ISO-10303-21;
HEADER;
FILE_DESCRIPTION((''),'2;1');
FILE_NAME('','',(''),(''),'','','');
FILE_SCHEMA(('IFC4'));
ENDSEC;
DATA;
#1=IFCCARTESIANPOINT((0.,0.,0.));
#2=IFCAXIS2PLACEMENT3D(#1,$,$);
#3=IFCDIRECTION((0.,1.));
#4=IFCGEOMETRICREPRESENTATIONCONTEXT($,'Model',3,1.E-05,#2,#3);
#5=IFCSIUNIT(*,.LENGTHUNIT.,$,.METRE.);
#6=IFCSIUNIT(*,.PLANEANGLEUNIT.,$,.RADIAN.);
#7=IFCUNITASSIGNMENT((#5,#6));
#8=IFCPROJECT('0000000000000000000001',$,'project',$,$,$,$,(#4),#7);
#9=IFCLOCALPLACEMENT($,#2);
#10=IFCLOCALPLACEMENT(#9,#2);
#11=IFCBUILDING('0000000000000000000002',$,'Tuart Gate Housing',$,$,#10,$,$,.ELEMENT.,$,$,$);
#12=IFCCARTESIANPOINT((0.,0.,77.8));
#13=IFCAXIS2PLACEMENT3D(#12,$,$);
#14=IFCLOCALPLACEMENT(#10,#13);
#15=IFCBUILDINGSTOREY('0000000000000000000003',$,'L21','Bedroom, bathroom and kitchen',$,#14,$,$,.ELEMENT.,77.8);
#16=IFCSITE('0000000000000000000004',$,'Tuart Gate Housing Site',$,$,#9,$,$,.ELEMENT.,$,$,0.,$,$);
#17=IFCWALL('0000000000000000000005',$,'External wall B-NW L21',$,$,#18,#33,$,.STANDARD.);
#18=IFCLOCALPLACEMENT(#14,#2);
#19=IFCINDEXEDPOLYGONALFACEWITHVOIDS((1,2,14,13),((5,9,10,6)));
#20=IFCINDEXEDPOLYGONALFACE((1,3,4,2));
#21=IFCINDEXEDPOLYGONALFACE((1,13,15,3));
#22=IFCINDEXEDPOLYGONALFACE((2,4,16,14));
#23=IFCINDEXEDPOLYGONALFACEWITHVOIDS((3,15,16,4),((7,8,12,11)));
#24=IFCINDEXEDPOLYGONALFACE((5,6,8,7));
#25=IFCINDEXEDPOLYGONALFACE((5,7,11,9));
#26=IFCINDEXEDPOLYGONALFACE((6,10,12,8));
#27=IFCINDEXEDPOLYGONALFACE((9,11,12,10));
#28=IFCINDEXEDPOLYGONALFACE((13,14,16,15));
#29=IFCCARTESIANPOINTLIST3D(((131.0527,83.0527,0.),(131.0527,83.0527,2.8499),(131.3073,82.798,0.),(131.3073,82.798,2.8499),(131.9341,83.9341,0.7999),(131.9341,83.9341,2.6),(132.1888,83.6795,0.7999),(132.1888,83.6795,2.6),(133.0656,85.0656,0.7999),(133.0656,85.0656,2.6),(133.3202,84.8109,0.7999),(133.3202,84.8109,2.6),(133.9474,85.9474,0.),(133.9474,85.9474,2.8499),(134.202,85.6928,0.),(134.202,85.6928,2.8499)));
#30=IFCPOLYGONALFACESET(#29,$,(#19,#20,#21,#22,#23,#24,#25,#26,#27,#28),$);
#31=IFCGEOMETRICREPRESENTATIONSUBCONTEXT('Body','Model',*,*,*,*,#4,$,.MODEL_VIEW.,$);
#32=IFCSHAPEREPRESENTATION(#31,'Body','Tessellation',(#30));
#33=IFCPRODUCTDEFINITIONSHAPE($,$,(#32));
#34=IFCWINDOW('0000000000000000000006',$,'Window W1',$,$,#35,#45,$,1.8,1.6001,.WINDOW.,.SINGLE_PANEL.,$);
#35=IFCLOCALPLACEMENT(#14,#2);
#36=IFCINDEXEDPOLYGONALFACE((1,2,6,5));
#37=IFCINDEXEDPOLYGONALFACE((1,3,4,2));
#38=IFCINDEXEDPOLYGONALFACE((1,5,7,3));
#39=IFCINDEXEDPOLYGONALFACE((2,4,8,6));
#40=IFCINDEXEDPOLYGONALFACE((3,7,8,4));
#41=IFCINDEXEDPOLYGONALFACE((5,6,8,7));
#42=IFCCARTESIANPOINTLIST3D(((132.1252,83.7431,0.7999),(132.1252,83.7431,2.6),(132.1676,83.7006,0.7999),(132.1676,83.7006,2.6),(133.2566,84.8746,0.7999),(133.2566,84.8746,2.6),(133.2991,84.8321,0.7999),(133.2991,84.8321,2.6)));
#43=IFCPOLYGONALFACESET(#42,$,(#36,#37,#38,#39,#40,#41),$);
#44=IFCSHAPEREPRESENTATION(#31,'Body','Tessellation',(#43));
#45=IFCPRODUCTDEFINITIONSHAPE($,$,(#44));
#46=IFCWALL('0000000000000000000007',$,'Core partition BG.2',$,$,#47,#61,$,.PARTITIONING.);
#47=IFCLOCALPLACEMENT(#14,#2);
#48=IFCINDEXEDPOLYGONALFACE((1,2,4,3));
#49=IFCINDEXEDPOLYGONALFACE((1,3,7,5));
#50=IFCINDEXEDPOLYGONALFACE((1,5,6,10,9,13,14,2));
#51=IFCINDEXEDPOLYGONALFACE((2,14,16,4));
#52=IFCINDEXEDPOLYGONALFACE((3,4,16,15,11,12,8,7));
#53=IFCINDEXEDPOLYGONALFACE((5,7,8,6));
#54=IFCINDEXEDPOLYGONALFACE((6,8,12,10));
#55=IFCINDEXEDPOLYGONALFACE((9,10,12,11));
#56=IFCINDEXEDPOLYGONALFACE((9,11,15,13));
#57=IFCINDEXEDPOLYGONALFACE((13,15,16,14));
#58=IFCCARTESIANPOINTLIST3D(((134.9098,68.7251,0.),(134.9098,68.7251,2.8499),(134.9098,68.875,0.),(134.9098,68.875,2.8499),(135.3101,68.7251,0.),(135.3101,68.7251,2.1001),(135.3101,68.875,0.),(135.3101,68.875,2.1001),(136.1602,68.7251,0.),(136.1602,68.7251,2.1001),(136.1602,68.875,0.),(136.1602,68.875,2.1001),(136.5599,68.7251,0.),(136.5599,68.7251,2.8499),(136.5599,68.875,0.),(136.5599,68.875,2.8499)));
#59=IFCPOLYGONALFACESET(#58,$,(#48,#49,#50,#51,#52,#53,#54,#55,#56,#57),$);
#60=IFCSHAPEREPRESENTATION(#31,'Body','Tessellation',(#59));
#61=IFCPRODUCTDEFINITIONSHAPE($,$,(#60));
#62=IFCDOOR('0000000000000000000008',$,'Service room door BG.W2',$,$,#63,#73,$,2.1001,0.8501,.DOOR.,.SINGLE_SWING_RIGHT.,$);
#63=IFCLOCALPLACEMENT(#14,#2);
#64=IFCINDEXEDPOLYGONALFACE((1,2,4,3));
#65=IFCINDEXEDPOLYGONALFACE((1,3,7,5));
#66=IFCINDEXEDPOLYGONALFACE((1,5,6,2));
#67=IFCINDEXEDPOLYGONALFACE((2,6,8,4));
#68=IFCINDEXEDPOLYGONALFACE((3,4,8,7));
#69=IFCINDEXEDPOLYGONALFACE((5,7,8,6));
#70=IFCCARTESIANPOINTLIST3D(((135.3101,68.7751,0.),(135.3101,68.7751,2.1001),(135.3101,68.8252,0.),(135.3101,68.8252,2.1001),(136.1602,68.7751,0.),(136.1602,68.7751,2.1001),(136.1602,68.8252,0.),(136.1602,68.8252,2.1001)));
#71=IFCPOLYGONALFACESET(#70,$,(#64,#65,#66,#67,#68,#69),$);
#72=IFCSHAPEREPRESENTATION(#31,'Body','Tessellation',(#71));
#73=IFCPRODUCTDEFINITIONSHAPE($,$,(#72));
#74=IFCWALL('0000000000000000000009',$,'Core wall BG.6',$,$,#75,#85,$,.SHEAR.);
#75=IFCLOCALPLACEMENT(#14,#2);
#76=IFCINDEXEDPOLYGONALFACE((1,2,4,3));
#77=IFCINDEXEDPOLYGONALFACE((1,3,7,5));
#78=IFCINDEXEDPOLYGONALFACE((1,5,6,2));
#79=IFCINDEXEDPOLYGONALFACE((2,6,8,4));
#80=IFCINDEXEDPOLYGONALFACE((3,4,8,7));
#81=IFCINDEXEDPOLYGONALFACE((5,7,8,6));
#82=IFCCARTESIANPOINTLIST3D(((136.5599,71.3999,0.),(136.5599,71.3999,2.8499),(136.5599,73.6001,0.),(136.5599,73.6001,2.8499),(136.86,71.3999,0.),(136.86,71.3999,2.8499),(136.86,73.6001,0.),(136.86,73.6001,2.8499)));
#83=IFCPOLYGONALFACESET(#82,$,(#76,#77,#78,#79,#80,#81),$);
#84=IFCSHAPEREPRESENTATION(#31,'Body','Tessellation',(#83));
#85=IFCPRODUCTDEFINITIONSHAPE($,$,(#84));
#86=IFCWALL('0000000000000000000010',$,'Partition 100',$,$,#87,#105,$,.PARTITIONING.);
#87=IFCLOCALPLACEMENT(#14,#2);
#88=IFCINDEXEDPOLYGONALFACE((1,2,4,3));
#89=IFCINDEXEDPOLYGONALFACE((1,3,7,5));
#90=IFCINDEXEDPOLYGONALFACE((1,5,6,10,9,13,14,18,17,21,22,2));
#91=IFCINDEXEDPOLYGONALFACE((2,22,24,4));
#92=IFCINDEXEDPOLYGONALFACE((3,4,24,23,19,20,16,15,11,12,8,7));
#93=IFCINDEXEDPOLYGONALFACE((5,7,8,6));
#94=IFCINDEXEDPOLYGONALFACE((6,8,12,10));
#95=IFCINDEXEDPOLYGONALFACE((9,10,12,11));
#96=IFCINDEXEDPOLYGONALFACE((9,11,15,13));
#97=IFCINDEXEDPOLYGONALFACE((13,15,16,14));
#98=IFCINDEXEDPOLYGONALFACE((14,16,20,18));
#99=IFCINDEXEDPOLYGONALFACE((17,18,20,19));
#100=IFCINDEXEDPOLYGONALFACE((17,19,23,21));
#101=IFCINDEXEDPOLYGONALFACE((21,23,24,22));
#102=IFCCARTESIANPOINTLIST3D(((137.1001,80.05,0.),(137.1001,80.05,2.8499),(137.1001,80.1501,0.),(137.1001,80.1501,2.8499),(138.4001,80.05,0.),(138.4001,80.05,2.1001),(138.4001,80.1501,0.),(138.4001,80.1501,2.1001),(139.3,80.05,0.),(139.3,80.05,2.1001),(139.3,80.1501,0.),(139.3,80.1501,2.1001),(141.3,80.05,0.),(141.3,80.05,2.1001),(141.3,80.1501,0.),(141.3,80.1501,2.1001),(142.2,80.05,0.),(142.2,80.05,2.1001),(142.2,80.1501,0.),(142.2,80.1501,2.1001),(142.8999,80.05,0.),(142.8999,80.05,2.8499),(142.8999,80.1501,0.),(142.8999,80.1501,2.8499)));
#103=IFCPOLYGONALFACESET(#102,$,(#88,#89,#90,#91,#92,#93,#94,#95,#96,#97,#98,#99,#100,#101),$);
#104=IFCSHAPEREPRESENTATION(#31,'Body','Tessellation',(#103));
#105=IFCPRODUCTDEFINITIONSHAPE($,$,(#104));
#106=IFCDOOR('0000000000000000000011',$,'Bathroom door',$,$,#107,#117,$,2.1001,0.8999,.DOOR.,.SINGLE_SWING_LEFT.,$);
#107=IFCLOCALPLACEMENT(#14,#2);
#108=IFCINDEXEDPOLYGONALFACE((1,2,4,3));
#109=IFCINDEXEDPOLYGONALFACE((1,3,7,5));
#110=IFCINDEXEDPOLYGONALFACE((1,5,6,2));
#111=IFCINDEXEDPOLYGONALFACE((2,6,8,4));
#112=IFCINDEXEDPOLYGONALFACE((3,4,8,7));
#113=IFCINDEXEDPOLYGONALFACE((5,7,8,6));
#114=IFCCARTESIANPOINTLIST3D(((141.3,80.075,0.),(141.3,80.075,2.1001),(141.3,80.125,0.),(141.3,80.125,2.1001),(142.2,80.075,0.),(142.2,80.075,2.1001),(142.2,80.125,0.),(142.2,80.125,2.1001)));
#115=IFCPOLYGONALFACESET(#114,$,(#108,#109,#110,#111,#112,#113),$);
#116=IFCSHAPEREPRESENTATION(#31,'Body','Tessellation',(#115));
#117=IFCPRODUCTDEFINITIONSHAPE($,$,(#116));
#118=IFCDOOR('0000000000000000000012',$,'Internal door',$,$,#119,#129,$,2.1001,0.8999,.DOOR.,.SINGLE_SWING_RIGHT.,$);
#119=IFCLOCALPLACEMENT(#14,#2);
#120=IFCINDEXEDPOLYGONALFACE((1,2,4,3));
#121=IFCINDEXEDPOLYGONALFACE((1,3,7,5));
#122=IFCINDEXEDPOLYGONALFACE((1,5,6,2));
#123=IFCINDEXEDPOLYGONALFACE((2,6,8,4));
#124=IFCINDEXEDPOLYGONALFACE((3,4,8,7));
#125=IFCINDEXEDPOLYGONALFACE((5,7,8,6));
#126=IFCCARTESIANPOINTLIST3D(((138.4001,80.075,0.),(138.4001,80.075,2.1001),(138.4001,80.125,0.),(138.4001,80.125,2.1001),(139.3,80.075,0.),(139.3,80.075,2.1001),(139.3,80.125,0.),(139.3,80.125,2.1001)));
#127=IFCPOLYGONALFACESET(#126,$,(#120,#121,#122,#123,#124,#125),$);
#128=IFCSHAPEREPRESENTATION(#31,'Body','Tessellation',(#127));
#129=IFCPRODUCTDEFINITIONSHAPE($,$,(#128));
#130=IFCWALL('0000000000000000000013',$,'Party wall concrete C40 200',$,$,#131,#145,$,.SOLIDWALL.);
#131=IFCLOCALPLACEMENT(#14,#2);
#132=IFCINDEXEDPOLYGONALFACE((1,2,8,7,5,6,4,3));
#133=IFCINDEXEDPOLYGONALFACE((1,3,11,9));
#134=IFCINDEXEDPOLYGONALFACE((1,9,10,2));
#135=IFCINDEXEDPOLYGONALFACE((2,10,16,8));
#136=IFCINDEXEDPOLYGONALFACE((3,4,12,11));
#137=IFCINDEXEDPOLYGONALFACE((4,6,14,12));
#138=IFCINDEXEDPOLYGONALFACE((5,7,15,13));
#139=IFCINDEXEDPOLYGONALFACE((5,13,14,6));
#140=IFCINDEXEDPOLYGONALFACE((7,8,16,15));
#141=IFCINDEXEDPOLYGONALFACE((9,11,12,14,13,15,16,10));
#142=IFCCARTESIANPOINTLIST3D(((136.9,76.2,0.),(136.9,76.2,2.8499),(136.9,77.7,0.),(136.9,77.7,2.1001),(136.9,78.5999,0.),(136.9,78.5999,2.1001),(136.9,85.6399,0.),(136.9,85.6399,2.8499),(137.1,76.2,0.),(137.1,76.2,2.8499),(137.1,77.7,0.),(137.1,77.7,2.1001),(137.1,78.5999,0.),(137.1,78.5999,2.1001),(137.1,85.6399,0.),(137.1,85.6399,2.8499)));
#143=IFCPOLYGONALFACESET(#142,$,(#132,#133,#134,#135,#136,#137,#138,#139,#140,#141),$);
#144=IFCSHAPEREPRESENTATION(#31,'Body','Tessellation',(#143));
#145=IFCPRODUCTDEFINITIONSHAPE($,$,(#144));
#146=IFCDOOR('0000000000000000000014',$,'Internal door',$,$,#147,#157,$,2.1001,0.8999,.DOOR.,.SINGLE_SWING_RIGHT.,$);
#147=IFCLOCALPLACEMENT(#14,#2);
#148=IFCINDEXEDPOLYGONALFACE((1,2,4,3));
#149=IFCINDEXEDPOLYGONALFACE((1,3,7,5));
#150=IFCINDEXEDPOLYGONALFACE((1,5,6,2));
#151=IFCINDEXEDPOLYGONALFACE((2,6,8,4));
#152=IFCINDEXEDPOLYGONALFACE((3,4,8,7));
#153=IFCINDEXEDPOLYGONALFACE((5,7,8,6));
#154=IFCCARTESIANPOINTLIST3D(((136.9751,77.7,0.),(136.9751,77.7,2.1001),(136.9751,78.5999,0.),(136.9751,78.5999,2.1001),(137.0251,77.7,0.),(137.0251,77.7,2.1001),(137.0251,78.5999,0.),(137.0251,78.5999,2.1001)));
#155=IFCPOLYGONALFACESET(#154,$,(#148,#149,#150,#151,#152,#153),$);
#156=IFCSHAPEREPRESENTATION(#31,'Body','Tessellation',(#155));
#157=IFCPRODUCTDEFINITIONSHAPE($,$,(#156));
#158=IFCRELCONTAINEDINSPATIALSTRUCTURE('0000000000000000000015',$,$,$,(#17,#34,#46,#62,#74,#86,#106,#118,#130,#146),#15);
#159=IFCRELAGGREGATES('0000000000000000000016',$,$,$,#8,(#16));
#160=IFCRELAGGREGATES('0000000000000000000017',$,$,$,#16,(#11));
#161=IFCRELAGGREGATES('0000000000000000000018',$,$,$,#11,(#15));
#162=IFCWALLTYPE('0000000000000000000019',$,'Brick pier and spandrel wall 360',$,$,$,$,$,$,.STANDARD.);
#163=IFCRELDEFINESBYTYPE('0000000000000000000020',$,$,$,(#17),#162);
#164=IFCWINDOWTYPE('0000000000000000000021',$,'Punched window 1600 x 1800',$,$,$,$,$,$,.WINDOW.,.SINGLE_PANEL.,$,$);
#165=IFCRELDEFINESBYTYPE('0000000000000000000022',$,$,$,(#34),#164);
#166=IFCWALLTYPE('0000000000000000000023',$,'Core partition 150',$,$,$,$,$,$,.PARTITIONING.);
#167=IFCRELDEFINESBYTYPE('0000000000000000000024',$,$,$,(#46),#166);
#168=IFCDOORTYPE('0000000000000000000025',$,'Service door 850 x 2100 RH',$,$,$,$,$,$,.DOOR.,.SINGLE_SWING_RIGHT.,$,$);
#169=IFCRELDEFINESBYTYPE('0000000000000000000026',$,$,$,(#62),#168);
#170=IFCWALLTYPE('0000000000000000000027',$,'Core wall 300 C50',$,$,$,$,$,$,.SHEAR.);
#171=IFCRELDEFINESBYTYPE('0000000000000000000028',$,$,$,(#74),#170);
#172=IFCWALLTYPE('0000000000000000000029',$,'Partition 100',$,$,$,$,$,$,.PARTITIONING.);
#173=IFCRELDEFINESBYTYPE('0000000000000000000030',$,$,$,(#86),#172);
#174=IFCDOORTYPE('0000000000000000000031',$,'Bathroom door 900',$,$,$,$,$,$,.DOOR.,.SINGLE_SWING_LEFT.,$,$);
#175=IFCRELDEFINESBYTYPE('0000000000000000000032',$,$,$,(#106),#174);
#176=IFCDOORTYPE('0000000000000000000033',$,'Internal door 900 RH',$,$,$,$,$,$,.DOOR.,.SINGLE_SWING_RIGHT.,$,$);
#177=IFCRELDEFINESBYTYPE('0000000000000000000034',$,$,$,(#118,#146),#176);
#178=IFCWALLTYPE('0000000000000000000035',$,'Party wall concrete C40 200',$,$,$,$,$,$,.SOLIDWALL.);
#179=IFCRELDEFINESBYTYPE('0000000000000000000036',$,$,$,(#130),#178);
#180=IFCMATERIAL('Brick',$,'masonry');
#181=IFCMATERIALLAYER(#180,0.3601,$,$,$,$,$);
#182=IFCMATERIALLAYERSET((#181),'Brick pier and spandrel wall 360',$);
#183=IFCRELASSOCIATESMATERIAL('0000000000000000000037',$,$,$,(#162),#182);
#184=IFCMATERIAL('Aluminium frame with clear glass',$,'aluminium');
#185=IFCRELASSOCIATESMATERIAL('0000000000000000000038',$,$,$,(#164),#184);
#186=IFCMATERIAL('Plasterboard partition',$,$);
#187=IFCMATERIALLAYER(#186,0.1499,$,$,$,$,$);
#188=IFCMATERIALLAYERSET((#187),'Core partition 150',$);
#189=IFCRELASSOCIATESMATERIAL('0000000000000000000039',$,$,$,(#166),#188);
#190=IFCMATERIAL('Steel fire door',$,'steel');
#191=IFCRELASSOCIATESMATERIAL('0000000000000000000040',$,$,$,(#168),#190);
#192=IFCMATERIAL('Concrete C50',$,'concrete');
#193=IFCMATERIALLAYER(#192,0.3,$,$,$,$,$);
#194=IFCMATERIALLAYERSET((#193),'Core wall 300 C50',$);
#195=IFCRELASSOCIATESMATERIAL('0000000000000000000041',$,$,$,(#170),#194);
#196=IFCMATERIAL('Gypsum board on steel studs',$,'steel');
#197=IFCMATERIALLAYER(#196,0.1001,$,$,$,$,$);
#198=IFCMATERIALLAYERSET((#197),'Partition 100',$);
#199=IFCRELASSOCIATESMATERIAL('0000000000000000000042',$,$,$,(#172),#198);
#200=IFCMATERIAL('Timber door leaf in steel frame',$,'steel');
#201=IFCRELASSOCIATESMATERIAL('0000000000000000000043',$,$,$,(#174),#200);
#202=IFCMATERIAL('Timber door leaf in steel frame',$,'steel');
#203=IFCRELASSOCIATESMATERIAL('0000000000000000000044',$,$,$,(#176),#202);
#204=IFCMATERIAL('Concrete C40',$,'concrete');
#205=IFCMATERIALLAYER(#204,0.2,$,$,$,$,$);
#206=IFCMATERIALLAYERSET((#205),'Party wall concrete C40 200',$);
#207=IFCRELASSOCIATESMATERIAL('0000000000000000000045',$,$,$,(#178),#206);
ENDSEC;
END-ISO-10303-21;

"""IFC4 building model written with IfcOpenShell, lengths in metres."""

from ifc_helpers import new_model, si_unit, direction, frame, frame_2d, origin, place, context, subcontext, project, spatial, rectangle, extrude, material, layer, layer_set, type_object, element, fill, save


model = new_model("IFC4")

# Units and contexts
model_context = context("Model", 3, precision=1e-05, world=origin(), true_north=direction((0.0, 1.0)))
body_context = subcontext(model_context, "Body", "Model", "MODEL_VIEW")
ifc_project = project(units=[si_unit("LENGTHUNIT", "METRE"), si_unit("PLANEANGLEUNIT", "RADIAN")], contexts=[model_context])

# Site, building, storey
site_placement = place(None, origin())
site = spatial("IfcSite", under=ifc_project, at=site_placement, Name="Tuart Gate Housing Site", CompositionType="ELEMENT", RefElevation=0.0)
building_placement = place(site_placement, origin())
building = spatial("IfcBuilding", under=site, at=building_placement, Name="Tuart Gate Housing", CompositionType="ELEMENT")
storey_placement = place(building_placement, frame((0.0, 0.0, 77.8)))
storey = spatial("IfcBuildingStorey", under=building, at=storey_placement, Name="L21", Description="Bedroom, bathroom and kitchen", CompositionType="ELEMENT", Elevation=77.8)

# Wall, opening, window
ifc_material_1 = material(Name="Brick", Category="masonry")
ifc_layer_1 = layer(ifc_material_1, 0.3601)
ifc_layer_set_1 = layer_set([ifc_layer_1], Name="Brick pier and spandrel wall 360")
wall_type_1 = type_object("IfcWallType", Name="Brick pier and spandrel wall 360", PredefinedType="STANDARD", material=ifc_layer_set_1)
wall_1_placement = place(storey_placement, frame((134.0747, 85.8201, 0.0), z_axis=(0.0, 0.0, 1.0), x_axis=(-0.707107, -0.707107, 0.0)))
wall_1 = element("IfcWall", 1, at=wall_1_placement, inside=storey, type_object=wall_type_1, Name="External wall B-NW L21", PredefinedType="STANDARD", context=body_context, shape_type="SweptSolid", body=[
    extrude(rectangle(XDim=4.0938, YDim=0.3601, at=frame_2d((2.0469, 0.0))), origin(), (0.0, 0.0, 1.0), 2.8499),
])
opening_1_placement = place(wall_1_placement, frame((1.2471, 0.0, 0.8)))
opening_1 = element("IfcOpeningElement", 2, at=opening_1_placement, cuts=wall_1, PredefinedType="OPENING", context=body_context, shape_type="SweptSolid", body=[
    extrude(rectangle(XDim=1.6001, YDim=1.8, at=frame_2d((0.8, 0.8999))), frame((0.0, 0.1899, 0.0), z_axis=(0.0, -1.0, 0.0), x_axis=(1.0, 0.0, 0.0)), (0.0, 0.0, 1.0), 0.3801),
])
ifc_material_2 = material(Name="Aluminium frame with clear glass", Category="aluminium")
window_type = type_object("IfcWindowType", Name="Punched window 1600 x 1800", PartitioningType="SINGLE_PANEL", PredefinedType="WINDOW", material=ifc_material_2)
window_placement = place(opening_1_placement, origin())
window = element("IfcWindow", 3, at=window_placement, inside=storey, type_object=window_type, Name="Window W1", OverallHeight=1.8, OverallWidth=1.6001, PartitioningType="SINGLE_PANEL", PredefinedType="WINDOW", context=body_context, shape_type="SweptSolid", body=[
    extrude(rectangle(XDim=1.6001, YDim=1.8, at=frame_2d((0.8, 0.8999))), frame((0.0, 0.1501, 0.0), z_axis=(0.0, -1.0, 0.0), x_axis=(1.0, 0.0, 0.0)), (0.0, 0.0, 1.0), 0.0601),
])
fill(opening_1, window)

# Wall, opening, door
ifc_material_3 = material(Name="Plasterboard partition")
ifc_layer_2 = layer(ifc_material_3, 0.1499)
ifc_layer_set_2 = layer_set([ifc_layer_2], Name="Core partition 150")
wall_type_2 = type_object("IfcWallType", Name="Core partition 150", PredefinedType="PARTITIONING", material=ifc_layer_set_2)
wall_2_placement = place(storey_placement, frame((136.5601, 68.8, 0.0), z_axis=(0.0, 0.0, 1.0), x_axis=(-1.0, 0.0, 0.0)))
wall_2 = element("IfcWall", 4, at=wall_2_placement, inside=storey, type_object=wall_type_2, Name="Core partition BG.2", PredefinedType="PARTITIONING", context=body_context, shape_type="SweptSolid", body=[
    extrude(rectangle(XDim=1.6501, YDim=0.1499, at=frame_2d((0.8252, 0.0))), origin(), (0.0, 0.0, 1.0), 2.8499),
])
opening_2_placement = place(wall_2_placement, frame((0.3999, 0.0, 0.0)))
opening_2 = element("IfcOpeningElement", 5, at=opening_2_placement, cuts=wall_2, PredefinedType="OPENING", context=body_context, shape_type="SweptSolid", body=[
    extrude(rectangle(XDim=0.8501, YDim=2.1001, at=frame_2d((0.425, 1.05))), frame((0.0, 0.085, 0.0), z_axis=(0.0, -1.0, 0.0), x_axis=(1.0, 0.0, 0.0)), (0.0, 0.0, 1.0), 0.1699),
])
ifc_material_4 = material(Name="Steel fire door", Category="steel")
door_type_1 = type_object("IfcDoorType", Name="Service door 850 x 2100 RH", OperationType="SINGLE_SWING_RIGHT", PredefinedType="DOOR", material=ifc_material_4)
door_1_placement = place(opening_2_placement, frame((0.8501, 0.0, 0.0), z_axis=(0.0, 0.0, 1.0), x_axis=(-1.0, 0.0, 0.0)))
door_1 = element("IfcDoor", 6, at=door_1_placement, inside=storey, type_object=door_type_1, Name="Service room door BG.W2", OperationType="SINGLE_SWING_RIGHT", OverallHeight=2.1001, OverallWidth=0.8501, PredefinedType="DOOR", context=body_context, shape_type="SweptSolid", body=[
    extrude(rectangle(XDim=0.8501, YDim=2.1001, at=frame_2d((0.425, 1.05))), frame((0.0, 0.0251, 0.0), z_axis=(0.0, -1.0, 0.0), x_axis=(1.0, 0.0, 0.0)), (0.0, 0.0, 1.0), 0.05),
])
fill(opening_2, door_1)

# Wall
ifc_material_5 = material(Name="Concrete C50", Category="concrete")
ifc_layer_3 = layer(ifc_material_5, 0.3)
ifc_layer_set_3 = layer_set([ifc_layer_3], Name="Core wall 300 C50")
wall_type_3 = type_object("IfcWallType", Name="Core wall 300 C50", PredefinedType="SHEAR", material=ifc_layer_set_3)
wall_3_placement = place(storey_placement, frame((136.71, 71.3999, 0.0), z_axis=(0.0, 0.0, 1.0), x_axis=(0.0, 1.0, 0.0)))
element("IfcWall", 7, at=wall_3_placement, inside=storey, type_object=wall_type_3, Name="Core wall BG.6", PredefinedType="SHEAR", context=body_context, shape_type="SweptSolid", body=[
    extrude(rectangle(XDim=2.2002, YDim=0.3, at=frame_2d((1.1001, 0.0))), origin(), (0.0, 0.0, 1.0), 2.8499),
])

# Wall, openings, doors
ifc_material_6 = material(Name="Gypsum board on steel studs", Category="steel")
ifc_layer_4 = layer(ifc_material_6, 0.1001)
ifc_layer_set_4 = layer_set([ifc_layer_4], Name="Partition 100")
wall_type_4 = type_object("IfcWallType", Name="Partition 100", PredefinedType="PARTITIONING", material=ifc_layer_set_4)
wall_4_placement = place(storey_placement, frame((137.1001, 80.1001, 0.0), z_axis=(0.0, 0.0, 1.0), x_axis=(1.0, 0.0, 0.0)))
wall_4 = element("IfcWall", 8, at=wall_4_placement, inside=storey, type_object=wall_type_4, Name="Partition 100", PredefinedType="PARTITIONING", context=body_context, shape_type="SweptSolid", body=[
    extrude(rectangle(XDim=5.7998, YDim=0.1001, at=frame_2d((2.8999, 0.0))), origin(), (0.0, 0.0, 1.0), 2.8499),
])
opening_3_placement = place(wall_4_placement, frame((1.3, 0.0, 0.0)))
opening_3 = element("IfcOpeningElement", 9, at=opening_3_placement, cuts=wall_4, PredefinedType="OPENING", context=body_context, shape_type="SweptSolid", body=[
    extrude(rectangle(XDim=0.8999, YDim=2.1001, at=frame_2d((0.45, 1.05))), frame((0.0, 0.0601, 0.0), z_axis=(0.0, -1.0, 0.0), x_axis=(1.0, 0.0, 0.0)), (0.0, 0.0, 1.0), 0.1201),
])
opening_4_placement = place(wall_4_placement, frame((4.2, 0.0, 0.0)))
opening_4 = element("IfcOpeningElement", 10, at=opening_4_placement, cuts=wall_4, PredefinedType="OPENING", context=body_context, shape_type="SweptSolid", body=[
    extrude(rectangle(XDim=0.8999, YDim=2.1001, at=frame_2d((0.45, 1.05))), frame((0.0, 0.0601, 0.0), z_axis=(0.0, -1.0, 0.0), x_axis=(1.0, 0.0, 0.0)), (0.0, 0.0, 1.0), 0.1201),
])
ifc_material_7 = material(Name="Timber door leaf in steel frame", Category="steel")
door_type_2 = type_object("IfcDoorType", Name="Bathroom door 900", OperationType="SINGLE_SWING_LEFT", PredefinedType="DOOR", material=ifc_material_7)
door_2_placement = place(opening_4_placement, origin())
door_2 = element("IfcDoor", 11, at=door_2_placement, inside=storey, type_object=door_type_2, Name="Bathroom door", OperationType="SINGLE_SWING_LEFT", OverallHeight=2.1001, OverallWidth=0.8999, PredefinedType="DOOR", context=body_context, shape_type="SweptSolid", body=[
    extrude(rectangle(XDim=0.8999, YDim=2.1001, at=frame_2d((0.45, 1.05))), frame((0.0, 0.0249, 0.0), z_axis=(0.0, -1.0, 0.0), x_axis=(1.0, 0.0, 0.0)), (0.0, 0.0, 1.0), 0.05),
])
fill(opening_4, door_2)
ifc_material_8 = material(Name="Timber door leaf in steel frame", Category="steel")
door_type_3 = type_object("IfcDoorType", Name="Internal door 900 RH", OperationType="SINGLE_SWING_RIGHT", PredefinedType="DOOR", material=ifc_material_8)
door_3_placement = place(opening_3_placement, origin())
door_3 = element("IfcDoor", 12, at=door_3_placement, inside=storey, type_object=door_type_3, Name="Internal door", OperationType="SINGLE_SWING_RIGHT", OverallHeight=2.1001, OverallWidth=0.8999, PredefinedType="DOOR", context=body_context, shape_type="SweptSolid", body=[
    extrude(rectangle(XDim=0.8999, YDim=2.1001, at=frame_2d((0.45, 1.05))), frame((0.0, 0.0249, 0.0), z_axis=(0.0, -1.0, 0.0), x_axis=(1.0, 0.0, 0.0)), (0.0, 0.0, 1.0), 0.05),
])
fill(opening_3, door_3)

# Wall, opening, door
ifc_material_9 = material(Name="Concrete C40", Category="concrete")
ifc_layer_5 = layer(ifc_material_9, 0.2)
ifc_layer_set_5 = layer_set([ifc_layer_5], Name="Party wall concrete C40 200")
wall_type_5 = type_object("IfcWallType", Name="Party wall concrete C40 200", PredefinedType="SOLIDWALL", material=ifc_layer_set_5)
wall_5_placement = place(storey_placement, frame((137.0, 76.2, 0.0), z_axis=(0.0, 0.0, 1.0), x_axis=(0.0, 1.0, 0.0)))
wall_5 = element("IfcWall", 13, at=wall_5_placement, inside=storey, type_object=wall_type_5, Name="Party wall concrete C40 200", PredefinedType="SOLIDWALL", context=body_context, shape_type="SweptSolid", body=[
    extrude(rectangle(XDim=9.4399, YDim=0.2, at=frame_2d((4.72, 0.0))), origin(), (0.0, 0.0, 1.0), 2.8499),
])
opening_5_placement = place(wall_5_placement, frame((1.5, 0.0, 0.0)))
opening_5 = element("IfcOpeningElement", 14, at=opening_5_placement, cuts=wall_5, PredefinedType="OPENING", context=body_context, shape_type="SweptSolid", body=[
    extrude(rectangle(XDim=0.8999, YDim=2.1001, at=frame_2d((0.45, 1.05))), frame((0.0, 0.1099, 0.0), z_axis=(0.0, -1.0, 0.0), x_axis=(1.0, 0.0, 0.0)), (0.0, 0.0, 1.0), 0.22),
])
door_4_placement = place(opening_5_placement, frame((0.8999, 0.0, 0.0), z_axis=(0.0, 0.0, 1.0), x_axis=(-1.0, 0.0, 0.0)))
door_4 = element("IfcDoor", 15, at=door_4_placement, inside=storey, type_object=door_type_3, Name="Internal door", OperationType="SINGLE_SWING_RIGHT", OverallHeight=2.1001, OverallWidth=0.8999, PredefinedType="DOOR", context=body_context, shape_type="SweptSolid", body=[
    extrude(rectangle(XDim=0.8999, YDim=2.1001, at=frame_2d((0.45, 1.05))), frame((0.0, 0.0251, 0.0), z_axis=(0.0, -1.0, 0.0), x_axis=(1.0, 0.0, 0.0)), (0.0, 0.0, 1.0), 0.05),
])
fill(opening_5, door_4)

save(model, "model.ifc")
